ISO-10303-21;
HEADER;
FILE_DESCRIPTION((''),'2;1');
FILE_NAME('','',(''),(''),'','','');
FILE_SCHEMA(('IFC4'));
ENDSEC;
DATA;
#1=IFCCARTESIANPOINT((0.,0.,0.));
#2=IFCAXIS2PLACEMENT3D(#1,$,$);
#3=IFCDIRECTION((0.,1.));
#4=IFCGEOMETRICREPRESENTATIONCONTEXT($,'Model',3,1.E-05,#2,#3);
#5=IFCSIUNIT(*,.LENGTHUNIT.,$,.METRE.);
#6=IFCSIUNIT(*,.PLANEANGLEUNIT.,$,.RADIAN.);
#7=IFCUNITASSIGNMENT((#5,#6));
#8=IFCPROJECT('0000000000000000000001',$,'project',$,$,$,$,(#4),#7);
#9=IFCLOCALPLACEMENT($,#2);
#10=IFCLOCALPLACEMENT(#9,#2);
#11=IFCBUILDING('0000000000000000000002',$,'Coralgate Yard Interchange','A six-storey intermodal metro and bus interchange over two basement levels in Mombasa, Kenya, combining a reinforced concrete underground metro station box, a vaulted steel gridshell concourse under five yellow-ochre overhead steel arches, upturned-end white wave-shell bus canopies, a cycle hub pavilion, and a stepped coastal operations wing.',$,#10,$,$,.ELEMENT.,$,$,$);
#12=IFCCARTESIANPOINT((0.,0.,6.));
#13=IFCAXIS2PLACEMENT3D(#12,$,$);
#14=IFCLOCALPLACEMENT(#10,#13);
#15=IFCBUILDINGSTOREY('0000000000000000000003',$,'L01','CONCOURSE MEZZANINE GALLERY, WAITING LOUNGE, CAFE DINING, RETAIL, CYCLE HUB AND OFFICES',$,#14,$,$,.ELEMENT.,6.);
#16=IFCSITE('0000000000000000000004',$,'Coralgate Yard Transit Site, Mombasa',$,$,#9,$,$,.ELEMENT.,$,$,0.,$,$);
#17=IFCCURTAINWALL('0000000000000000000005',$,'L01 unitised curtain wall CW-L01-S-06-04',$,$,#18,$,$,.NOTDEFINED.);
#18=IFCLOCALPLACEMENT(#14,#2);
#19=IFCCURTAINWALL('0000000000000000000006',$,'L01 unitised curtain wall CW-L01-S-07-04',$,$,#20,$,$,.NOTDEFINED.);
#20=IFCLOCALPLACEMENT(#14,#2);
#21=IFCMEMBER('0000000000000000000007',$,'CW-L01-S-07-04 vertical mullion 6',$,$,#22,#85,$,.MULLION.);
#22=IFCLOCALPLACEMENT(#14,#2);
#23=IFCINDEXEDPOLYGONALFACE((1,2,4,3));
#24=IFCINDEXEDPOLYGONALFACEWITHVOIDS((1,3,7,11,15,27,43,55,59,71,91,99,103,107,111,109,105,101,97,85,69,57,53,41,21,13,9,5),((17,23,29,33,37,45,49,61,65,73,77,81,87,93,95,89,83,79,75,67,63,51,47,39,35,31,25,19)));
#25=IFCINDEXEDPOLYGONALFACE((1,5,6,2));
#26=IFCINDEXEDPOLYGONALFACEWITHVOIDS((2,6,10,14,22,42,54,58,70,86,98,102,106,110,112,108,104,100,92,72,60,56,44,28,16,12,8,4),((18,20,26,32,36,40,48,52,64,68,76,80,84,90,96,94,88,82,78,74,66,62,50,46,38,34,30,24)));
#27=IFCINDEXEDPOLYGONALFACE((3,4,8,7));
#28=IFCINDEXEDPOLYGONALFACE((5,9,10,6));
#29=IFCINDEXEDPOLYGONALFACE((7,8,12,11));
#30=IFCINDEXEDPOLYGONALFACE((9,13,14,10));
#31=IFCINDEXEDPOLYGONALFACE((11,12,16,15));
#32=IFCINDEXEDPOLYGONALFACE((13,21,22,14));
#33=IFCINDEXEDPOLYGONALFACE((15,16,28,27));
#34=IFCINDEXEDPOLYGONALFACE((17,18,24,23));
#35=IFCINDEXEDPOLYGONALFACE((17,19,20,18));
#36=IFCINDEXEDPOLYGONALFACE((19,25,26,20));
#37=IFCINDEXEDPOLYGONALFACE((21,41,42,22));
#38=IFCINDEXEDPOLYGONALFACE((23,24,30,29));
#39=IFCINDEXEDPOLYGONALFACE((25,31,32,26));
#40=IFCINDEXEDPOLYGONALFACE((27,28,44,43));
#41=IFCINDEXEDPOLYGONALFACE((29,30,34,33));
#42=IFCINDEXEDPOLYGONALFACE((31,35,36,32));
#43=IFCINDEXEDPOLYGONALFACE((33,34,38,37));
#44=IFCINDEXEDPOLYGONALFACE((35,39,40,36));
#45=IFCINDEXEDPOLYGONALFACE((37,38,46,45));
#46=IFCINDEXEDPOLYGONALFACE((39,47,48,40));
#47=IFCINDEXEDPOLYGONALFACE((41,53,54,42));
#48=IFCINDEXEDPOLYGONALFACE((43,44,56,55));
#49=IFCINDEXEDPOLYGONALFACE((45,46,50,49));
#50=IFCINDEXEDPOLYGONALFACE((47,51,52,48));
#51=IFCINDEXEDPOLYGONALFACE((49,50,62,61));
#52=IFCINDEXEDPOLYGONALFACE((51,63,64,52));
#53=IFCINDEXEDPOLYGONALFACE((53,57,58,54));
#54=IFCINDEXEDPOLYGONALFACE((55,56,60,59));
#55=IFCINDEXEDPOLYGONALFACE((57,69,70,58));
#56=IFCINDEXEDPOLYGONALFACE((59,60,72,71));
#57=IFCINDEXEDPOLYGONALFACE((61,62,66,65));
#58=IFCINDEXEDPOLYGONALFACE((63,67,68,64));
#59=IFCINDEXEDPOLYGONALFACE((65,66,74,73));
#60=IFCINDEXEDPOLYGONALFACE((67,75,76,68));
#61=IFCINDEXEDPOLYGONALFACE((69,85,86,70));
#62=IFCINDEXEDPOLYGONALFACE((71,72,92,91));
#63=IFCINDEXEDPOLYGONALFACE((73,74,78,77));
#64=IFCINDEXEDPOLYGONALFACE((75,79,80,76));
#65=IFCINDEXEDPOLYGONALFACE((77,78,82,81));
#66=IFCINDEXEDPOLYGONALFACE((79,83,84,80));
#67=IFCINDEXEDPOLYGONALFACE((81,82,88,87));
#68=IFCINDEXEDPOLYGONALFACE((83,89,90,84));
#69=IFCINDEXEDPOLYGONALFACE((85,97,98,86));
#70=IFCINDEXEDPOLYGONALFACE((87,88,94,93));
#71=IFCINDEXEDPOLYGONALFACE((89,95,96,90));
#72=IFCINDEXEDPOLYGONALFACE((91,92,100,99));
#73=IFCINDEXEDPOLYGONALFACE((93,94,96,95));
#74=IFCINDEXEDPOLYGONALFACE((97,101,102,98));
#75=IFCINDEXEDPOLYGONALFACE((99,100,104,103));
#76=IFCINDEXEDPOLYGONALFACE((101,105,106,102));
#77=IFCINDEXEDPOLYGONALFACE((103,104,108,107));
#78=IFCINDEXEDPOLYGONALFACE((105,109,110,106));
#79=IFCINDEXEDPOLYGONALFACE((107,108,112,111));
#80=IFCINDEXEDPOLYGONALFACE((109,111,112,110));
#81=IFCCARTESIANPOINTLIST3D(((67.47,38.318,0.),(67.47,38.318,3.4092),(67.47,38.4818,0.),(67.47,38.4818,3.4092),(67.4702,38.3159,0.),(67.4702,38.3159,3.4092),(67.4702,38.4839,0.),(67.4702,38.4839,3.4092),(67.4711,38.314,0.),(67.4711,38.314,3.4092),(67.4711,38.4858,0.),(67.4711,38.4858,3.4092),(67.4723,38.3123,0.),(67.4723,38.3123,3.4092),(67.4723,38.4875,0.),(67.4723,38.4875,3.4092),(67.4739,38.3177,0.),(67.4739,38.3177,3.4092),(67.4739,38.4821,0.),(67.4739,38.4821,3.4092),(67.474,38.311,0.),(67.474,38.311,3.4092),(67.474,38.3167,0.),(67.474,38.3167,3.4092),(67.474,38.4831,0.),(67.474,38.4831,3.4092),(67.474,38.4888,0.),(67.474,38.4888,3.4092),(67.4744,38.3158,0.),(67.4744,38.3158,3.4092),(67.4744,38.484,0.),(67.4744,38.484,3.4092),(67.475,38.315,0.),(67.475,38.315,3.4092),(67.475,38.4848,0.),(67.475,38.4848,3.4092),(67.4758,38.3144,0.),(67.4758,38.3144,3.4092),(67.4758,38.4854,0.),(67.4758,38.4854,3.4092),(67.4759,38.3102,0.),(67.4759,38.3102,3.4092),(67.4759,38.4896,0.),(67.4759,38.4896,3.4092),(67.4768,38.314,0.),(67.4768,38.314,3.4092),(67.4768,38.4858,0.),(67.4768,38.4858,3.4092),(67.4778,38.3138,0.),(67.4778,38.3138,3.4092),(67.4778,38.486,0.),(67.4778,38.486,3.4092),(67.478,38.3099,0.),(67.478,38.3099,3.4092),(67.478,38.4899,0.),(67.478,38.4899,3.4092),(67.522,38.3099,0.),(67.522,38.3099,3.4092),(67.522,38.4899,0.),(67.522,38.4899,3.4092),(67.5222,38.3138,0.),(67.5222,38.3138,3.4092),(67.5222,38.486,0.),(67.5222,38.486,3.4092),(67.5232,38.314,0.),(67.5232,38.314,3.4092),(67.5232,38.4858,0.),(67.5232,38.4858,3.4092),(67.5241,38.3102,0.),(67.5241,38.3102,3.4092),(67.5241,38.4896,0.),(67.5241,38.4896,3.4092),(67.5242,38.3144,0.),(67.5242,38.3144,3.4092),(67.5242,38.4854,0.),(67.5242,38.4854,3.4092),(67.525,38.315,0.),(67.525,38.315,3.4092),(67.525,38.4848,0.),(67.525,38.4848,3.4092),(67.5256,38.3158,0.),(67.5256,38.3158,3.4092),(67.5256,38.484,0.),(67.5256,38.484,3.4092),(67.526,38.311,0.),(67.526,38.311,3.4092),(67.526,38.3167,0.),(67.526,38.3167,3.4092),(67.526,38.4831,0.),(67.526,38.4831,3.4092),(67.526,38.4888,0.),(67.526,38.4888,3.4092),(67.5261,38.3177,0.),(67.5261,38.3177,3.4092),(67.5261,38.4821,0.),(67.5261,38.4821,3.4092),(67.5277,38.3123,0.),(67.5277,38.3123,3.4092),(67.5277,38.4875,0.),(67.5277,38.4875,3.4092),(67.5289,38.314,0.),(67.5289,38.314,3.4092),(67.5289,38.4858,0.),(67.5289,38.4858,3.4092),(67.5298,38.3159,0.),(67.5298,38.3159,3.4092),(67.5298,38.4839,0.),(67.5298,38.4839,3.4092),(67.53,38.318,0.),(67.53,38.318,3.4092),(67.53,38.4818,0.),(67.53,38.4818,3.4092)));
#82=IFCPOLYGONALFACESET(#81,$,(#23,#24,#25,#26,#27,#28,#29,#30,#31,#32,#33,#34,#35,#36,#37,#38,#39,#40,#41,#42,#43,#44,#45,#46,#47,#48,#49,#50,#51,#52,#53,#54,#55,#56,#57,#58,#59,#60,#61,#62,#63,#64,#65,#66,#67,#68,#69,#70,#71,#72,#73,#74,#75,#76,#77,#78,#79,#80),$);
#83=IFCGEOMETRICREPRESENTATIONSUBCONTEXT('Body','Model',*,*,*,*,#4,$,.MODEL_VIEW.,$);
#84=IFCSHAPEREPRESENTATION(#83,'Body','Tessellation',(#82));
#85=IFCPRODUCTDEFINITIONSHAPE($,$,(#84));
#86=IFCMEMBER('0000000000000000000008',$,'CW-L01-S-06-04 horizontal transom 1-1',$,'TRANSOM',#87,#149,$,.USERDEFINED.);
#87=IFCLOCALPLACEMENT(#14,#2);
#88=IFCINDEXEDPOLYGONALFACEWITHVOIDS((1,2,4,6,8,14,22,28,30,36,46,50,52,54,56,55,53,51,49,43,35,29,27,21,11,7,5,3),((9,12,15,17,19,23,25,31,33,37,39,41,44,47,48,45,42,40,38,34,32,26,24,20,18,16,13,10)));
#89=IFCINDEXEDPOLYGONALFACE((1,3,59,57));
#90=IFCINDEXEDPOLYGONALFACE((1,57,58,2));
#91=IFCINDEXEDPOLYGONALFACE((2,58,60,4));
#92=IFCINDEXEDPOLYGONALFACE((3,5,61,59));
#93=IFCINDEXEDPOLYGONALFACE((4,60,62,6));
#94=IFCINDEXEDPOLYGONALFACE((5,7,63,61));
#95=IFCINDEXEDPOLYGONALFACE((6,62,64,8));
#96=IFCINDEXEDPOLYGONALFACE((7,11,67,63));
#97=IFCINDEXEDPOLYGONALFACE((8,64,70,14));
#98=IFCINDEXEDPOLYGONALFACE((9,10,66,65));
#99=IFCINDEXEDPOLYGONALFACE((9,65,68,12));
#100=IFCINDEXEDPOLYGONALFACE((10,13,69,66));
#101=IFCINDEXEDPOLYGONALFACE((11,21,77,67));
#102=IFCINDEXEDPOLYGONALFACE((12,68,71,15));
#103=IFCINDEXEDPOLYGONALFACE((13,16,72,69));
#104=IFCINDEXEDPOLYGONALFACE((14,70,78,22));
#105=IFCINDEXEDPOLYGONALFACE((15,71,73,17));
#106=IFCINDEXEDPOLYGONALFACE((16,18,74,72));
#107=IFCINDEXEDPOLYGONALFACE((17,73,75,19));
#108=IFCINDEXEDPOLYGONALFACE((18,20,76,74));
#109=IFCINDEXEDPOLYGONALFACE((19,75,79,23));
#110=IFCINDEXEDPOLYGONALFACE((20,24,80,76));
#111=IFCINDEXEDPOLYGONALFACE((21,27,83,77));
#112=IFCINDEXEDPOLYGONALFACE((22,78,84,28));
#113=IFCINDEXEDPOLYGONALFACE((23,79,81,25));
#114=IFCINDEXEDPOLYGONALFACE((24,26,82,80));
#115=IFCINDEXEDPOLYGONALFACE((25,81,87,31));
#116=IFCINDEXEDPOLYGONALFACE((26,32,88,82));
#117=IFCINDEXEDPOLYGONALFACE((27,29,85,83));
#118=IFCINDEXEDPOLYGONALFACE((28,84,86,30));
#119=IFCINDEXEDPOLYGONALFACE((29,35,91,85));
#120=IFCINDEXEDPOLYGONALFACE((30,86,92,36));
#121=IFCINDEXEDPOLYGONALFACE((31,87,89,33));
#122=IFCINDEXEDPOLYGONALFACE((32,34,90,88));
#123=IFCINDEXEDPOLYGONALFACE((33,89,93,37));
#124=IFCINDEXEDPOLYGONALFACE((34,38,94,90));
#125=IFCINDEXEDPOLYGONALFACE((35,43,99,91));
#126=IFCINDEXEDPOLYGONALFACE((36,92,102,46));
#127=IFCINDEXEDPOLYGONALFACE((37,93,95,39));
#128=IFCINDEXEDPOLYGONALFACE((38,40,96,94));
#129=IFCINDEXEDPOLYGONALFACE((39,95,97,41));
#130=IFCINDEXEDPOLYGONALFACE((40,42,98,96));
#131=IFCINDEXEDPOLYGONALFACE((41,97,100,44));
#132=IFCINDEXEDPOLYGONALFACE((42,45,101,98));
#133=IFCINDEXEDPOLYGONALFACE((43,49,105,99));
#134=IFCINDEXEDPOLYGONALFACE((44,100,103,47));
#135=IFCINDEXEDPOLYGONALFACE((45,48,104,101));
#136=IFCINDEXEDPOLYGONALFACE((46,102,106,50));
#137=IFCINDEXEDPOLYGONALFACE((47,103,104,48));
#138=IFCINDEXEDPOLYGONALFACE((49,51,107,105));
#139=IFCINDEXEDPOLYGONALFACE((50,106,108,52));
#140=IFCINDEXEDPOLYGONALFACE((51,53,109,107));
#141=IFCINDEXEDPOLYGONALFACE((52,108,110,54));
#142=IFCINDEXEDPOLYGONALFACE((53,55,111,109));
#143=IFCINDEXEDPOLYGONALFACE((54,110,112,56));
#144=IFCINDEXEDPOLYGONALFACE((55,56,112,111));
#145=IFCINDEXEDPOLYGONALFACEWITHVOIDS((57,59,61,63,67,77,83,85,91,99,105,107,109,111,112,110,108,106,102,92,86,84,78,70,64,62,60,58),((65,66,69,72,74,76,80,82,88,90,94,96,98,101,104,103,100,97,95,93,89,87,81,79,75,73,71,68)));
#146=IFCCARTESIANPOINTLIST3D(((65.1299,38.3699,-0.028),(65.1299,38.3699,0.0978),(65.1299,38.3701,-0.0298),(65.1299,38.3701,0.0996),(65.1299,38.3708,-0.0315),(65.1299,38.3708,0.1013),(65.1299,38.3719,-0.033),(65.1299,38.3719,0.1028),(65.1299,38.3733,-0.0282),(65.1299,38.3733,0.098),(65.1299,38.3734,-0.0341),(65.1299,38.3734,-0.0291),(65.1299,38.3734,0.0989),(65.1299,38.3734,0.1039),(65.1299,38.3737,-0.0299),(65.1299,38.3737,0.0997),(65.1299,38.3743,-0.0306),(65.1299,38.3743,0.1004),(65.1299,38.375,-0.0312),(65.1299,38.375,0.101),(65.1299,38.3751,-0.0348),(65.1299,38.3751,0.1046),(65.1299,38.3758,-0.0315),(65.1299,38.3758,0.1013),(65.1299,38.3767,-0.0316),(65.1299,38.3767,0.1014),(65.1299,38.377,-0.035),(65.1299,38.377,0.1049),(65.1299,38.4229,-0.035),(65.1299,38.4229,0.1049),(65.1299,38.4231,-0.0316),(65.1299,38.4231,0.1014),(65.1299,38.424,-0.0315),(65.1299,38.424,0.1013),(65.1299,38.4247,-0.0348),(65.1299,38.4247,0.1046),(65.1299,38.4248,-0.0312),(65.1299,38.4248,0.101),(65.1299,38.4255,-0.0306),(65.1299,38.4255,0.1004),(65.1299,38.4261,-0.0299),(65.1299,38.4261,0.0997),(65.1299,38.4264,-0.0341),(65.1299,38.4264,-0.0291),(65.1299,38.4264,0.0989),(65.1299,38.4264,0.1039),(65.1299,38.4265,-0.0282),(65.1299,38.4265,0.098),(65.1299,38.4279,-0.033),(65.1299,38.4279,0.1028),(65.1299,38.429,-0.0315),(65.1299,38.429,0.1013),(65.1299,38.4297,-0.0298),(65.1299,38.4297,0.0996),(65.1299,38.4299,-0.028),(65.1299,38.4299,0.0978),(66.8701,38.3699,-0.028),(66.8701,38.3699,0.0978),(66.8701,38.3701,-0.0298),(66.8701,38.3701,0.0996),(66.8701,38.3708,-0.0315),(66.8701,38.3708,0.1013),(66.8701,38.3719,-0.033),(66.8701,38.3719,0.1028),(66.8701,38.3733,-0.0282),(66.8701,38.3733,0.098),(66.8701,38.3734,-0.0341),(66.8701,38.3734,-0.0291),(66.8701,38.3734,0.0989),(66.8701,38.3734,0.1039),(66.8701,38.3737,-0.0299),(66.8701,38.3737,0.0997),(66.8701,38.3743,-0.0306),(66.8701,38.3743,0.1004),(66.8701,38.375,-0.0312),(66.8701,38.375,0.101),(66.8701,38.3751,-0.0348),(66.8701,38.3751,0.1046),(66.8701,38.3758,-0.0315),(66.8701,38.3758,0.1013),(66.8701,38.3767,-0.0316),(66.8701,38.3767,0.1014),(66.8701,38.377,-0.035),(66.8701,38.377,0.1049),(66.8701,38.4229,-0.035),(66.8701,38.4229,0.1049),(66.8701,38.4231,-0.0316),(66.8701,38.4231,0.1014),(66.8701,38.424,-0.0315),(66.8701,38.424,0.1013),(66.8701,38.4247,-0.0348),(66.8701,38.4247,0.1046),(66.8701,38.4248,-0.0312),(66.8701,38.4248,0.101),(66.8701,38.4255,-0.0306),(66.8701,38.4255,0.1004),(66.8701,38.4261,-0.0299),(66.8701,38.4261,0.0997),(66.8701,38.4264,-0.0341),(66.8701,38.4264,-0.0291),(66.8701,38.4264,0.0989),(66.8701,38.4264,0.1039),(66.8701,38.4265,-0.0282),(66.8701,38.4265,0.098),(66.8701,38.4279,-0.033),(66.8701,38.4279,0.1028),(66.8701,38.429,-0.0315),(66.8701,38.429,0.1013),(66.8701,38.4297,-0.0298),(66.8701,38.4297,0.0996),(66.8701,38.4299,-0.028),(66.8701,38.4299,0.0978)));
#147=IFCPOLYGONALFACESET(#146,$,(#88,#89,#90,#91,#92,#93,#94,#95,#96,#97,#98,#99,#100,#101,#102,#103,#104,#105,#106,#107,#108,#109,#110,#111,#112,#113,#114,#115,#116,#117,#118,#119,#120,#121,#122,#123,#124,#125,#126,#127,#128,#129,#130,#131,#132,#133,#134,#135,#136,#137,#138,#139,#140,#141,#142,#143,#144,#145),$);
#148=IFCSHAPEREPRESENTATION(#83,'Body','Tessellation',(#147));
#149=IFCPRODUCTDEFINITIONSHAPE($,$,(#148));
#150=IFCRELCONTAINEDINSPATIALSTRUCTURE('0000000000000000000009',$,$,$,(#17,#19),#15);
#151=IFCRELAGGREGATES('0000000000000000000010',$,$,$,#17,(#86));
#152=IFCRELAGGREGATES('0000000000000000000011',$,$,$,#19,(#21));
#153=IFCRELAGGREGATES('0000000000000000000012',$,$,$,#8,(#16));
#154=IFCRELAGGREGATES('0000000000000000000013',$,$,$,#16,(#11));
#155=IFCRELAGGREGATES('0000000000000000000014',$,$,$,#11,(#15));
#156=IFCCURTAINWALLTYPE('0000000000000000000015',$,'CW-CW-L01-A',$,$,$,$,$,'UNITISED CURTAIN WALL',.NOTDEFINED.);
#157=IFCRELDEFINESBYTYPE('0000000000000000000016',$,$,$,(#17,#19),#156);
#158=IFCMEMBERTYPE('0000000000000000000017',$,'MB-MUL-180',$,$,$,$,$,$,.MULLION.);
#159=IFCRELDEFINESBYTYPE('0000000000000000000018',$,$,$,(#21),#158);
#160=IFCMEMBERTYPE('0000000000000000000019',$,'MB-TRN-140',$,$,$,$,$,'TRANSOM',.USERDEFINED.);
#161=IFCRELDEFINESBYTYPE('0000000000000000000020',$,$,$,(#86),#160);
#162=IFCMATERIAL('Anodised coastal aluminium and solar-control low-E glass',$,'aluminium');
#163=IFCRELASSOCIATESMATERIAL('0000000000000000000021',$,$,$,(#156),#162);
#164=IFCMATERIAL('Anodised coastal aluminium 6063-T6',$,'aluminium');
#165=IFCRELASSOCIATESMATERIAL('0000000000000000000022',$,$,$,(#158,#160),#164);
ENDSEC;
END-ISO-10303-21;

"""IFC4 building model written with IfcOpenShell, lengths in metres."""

from ifc_helpers import new_model, si_unit, direction, frame, origin, origin_2d, place, context, subcontext, project, spatial, hollow_rectangle, extrude, material, material_profile, profile_set, type_object, element, aggregate, save


model = new_model("IFC4")

# Units and contexts
model_context = context("Model", 3, precision=1e-05, world=origin(), true_north=direction((0.0, 1.0)))
body_context = subcontext(model_context, "Body", "Model", "MODEL_VIEW")
ifc_project = project(units=[si_unit("LENGTHUNIT", "METRE"), si_unit("PLANEANGLEUNIT", "RADIAN")], contexts=[model_context])

# Site, building, storey
site_placement = place(None, origin())
site = spatial("IfcSite", under=ifc_project, at=site_placement, Name="Coralgate Yard Transit Site, Mombasa", CompositionType="ELEMENT", RefElevation=0.0)
building_placement = place(site_placement, origin())
building = spatial("IfcBuilding", under=site, at=building_placement, Name="Coralgate Yard Interchange", Description="A six-storey intermodal metro and bus interchange over two basement levels in Mombasa, Kenya, combining a reinforced concrete underground metro station box, a vaulted steel gridshell concourse under five yellow-ochre overhead steel arches, upturned-end white wave-shell bus canopies, a cycle hub pavilion, and a stepped coastal operations wing.", CompositionType="ELEMENT")
storey_placement = place(building_placement, frame((0.0, 0.0, 6.0)))
storey = spatial("IfcBuildingStorey", under=building, at=storey_placement, Name="L01", Description="CONCOURSE MEZZANINE GALLERY, WAITING LOUNGE, CAFE DINING, RETAIL, CYCLE HUB AND OFFICES", CompositionType="ELEMENT", Elevation=6.0)

# Curtain wall
ifc_material_1 = material(Name="Anodised coastal aluminium and solar-control low-E glass", Category="aluminium")
curtain_wall_type = type_object("IfcCurtainWallType", Name="CW-CW-L01-A", ElementType="UNITISED CURTAIN WALL", PredefinedType="NOTDEFINED", material=ifc_material_1)
curtain_wall_1_placement = place(storey_placement, origin())
curtain_wall_1 = element("IfcCurtainWall", 1, at=curtain_wall_1_placement, inside=storey, type_object=curtain_wall_type, Name="L01 unitised curtain wall CW-L01-S-06-04", PredefinedType="NOTDEFINED")
ifc_material_2 = material(Name="Anodised coastal aluminium 6063-T6", Category="aluminium")
ifc_material_profile_1 = material_profile(ifc_material_2, hollow_rectangle(XDim=0.0601, YDim=0.1799, WallThickness=0.0039, InnerFilletRadius=0.0039, OuterFilletRadius=0.0081, at=origin_2d()), Name="ALU 60x180x4")
ifc_profile_set_1 = profile_set([ifc_material_profile_1], Name="Anodised coastal aluminium 6063-T6")
member_type_1 = type_object("IfcMemberType", Name="MB-MUL-180", PredefinedType="MULLION", material=ifc_profile_set_1)

# Curtain wall, member
curtain_wall_2_placement = place(storey_placement, origin())
curtain_wall_2 = element("IfcCurtainWall", 2, at=curtain_wall_2_placement, inside=storey, type_object=curtain_wall_type, Name="L01 unitised curtain wall CW-L01-S-07-04", PredefinedType="NOTDEFINED")
member_1_placement = place(storey_placement, frame((67.5, 38.3999, 0.0), z_axis=(0.0, 0.0, 1.0), x_axis=(1.0, 0.0, 0.0)))
member_1 = element("IfcMember", 3, at=member_1_placement, type_object=member_type_1, Name="CW-L01-S-07-04 vertical mullion 6", PredefinedType="MULLION", context=body_context, shape_type="SweptSolid", body=[
    extrude(hollow_rectangle(XDim=0.0601, YDim=0.1799, WallThickness=0.0039, InnerFilletRadius=0.0039, OuterFilletRadius=0.0081, at=origin_2d()), origin(), (0.0, 0.0, 1.0), 3.4092),
])

# Member
ifc_material_profile_2 = material_profile(ifc_material_2, hollow_rectangle(XDim=0.0601, YDim=0.1399, WallThickness=0.0034, InnerFilletRadius=0.0034, OuterFilletRadius=0.0071, at=origin_2d()), Name="ALU 60x140x3.5")
ifc_profile_set_2 = profile_set([ifc_material_profile_2], Name="Anodised coastal aluminium 6063-T6")
member_type_2 = type_object("IfcMemberType", Name="MB-TRN-140", ElementType="TRANSOM", PredefinedType="USERDEFINED", material=ifc_profile_set_2)
member_2_placement = place(storey_placement, frame((66.8701, 38.3999, 0.0349), z_axis=(-1.0, 0.0, 0.0), x_axis=(0.0, -1.0, 0.0)))
member_2 = element("IfcMember", 4, at=member_2_placement, type_object=member_type_2, Name="CW-L01-S-06-04 horizontal transom 1-1", ObjectType="TRANSOM", PredefinedType="USERDEFINED", context=body_context, shape_type="SweptSolid", body=[
    extrude(hollow_rectangle(XDim=0.0601, YDim=0.1399, WallThickness=0.0034, InnerFilletRadius=0.0034, OuterFilletRadius=0.0071, at=origin_2d()), origin(), (0.0, 0.0, 1.0), 1.7402),
])

aggregate(curtain_wall_1, [member_2])
aggregate(curtain_wall_2, [member_1])

save(model, "model.ifc")
